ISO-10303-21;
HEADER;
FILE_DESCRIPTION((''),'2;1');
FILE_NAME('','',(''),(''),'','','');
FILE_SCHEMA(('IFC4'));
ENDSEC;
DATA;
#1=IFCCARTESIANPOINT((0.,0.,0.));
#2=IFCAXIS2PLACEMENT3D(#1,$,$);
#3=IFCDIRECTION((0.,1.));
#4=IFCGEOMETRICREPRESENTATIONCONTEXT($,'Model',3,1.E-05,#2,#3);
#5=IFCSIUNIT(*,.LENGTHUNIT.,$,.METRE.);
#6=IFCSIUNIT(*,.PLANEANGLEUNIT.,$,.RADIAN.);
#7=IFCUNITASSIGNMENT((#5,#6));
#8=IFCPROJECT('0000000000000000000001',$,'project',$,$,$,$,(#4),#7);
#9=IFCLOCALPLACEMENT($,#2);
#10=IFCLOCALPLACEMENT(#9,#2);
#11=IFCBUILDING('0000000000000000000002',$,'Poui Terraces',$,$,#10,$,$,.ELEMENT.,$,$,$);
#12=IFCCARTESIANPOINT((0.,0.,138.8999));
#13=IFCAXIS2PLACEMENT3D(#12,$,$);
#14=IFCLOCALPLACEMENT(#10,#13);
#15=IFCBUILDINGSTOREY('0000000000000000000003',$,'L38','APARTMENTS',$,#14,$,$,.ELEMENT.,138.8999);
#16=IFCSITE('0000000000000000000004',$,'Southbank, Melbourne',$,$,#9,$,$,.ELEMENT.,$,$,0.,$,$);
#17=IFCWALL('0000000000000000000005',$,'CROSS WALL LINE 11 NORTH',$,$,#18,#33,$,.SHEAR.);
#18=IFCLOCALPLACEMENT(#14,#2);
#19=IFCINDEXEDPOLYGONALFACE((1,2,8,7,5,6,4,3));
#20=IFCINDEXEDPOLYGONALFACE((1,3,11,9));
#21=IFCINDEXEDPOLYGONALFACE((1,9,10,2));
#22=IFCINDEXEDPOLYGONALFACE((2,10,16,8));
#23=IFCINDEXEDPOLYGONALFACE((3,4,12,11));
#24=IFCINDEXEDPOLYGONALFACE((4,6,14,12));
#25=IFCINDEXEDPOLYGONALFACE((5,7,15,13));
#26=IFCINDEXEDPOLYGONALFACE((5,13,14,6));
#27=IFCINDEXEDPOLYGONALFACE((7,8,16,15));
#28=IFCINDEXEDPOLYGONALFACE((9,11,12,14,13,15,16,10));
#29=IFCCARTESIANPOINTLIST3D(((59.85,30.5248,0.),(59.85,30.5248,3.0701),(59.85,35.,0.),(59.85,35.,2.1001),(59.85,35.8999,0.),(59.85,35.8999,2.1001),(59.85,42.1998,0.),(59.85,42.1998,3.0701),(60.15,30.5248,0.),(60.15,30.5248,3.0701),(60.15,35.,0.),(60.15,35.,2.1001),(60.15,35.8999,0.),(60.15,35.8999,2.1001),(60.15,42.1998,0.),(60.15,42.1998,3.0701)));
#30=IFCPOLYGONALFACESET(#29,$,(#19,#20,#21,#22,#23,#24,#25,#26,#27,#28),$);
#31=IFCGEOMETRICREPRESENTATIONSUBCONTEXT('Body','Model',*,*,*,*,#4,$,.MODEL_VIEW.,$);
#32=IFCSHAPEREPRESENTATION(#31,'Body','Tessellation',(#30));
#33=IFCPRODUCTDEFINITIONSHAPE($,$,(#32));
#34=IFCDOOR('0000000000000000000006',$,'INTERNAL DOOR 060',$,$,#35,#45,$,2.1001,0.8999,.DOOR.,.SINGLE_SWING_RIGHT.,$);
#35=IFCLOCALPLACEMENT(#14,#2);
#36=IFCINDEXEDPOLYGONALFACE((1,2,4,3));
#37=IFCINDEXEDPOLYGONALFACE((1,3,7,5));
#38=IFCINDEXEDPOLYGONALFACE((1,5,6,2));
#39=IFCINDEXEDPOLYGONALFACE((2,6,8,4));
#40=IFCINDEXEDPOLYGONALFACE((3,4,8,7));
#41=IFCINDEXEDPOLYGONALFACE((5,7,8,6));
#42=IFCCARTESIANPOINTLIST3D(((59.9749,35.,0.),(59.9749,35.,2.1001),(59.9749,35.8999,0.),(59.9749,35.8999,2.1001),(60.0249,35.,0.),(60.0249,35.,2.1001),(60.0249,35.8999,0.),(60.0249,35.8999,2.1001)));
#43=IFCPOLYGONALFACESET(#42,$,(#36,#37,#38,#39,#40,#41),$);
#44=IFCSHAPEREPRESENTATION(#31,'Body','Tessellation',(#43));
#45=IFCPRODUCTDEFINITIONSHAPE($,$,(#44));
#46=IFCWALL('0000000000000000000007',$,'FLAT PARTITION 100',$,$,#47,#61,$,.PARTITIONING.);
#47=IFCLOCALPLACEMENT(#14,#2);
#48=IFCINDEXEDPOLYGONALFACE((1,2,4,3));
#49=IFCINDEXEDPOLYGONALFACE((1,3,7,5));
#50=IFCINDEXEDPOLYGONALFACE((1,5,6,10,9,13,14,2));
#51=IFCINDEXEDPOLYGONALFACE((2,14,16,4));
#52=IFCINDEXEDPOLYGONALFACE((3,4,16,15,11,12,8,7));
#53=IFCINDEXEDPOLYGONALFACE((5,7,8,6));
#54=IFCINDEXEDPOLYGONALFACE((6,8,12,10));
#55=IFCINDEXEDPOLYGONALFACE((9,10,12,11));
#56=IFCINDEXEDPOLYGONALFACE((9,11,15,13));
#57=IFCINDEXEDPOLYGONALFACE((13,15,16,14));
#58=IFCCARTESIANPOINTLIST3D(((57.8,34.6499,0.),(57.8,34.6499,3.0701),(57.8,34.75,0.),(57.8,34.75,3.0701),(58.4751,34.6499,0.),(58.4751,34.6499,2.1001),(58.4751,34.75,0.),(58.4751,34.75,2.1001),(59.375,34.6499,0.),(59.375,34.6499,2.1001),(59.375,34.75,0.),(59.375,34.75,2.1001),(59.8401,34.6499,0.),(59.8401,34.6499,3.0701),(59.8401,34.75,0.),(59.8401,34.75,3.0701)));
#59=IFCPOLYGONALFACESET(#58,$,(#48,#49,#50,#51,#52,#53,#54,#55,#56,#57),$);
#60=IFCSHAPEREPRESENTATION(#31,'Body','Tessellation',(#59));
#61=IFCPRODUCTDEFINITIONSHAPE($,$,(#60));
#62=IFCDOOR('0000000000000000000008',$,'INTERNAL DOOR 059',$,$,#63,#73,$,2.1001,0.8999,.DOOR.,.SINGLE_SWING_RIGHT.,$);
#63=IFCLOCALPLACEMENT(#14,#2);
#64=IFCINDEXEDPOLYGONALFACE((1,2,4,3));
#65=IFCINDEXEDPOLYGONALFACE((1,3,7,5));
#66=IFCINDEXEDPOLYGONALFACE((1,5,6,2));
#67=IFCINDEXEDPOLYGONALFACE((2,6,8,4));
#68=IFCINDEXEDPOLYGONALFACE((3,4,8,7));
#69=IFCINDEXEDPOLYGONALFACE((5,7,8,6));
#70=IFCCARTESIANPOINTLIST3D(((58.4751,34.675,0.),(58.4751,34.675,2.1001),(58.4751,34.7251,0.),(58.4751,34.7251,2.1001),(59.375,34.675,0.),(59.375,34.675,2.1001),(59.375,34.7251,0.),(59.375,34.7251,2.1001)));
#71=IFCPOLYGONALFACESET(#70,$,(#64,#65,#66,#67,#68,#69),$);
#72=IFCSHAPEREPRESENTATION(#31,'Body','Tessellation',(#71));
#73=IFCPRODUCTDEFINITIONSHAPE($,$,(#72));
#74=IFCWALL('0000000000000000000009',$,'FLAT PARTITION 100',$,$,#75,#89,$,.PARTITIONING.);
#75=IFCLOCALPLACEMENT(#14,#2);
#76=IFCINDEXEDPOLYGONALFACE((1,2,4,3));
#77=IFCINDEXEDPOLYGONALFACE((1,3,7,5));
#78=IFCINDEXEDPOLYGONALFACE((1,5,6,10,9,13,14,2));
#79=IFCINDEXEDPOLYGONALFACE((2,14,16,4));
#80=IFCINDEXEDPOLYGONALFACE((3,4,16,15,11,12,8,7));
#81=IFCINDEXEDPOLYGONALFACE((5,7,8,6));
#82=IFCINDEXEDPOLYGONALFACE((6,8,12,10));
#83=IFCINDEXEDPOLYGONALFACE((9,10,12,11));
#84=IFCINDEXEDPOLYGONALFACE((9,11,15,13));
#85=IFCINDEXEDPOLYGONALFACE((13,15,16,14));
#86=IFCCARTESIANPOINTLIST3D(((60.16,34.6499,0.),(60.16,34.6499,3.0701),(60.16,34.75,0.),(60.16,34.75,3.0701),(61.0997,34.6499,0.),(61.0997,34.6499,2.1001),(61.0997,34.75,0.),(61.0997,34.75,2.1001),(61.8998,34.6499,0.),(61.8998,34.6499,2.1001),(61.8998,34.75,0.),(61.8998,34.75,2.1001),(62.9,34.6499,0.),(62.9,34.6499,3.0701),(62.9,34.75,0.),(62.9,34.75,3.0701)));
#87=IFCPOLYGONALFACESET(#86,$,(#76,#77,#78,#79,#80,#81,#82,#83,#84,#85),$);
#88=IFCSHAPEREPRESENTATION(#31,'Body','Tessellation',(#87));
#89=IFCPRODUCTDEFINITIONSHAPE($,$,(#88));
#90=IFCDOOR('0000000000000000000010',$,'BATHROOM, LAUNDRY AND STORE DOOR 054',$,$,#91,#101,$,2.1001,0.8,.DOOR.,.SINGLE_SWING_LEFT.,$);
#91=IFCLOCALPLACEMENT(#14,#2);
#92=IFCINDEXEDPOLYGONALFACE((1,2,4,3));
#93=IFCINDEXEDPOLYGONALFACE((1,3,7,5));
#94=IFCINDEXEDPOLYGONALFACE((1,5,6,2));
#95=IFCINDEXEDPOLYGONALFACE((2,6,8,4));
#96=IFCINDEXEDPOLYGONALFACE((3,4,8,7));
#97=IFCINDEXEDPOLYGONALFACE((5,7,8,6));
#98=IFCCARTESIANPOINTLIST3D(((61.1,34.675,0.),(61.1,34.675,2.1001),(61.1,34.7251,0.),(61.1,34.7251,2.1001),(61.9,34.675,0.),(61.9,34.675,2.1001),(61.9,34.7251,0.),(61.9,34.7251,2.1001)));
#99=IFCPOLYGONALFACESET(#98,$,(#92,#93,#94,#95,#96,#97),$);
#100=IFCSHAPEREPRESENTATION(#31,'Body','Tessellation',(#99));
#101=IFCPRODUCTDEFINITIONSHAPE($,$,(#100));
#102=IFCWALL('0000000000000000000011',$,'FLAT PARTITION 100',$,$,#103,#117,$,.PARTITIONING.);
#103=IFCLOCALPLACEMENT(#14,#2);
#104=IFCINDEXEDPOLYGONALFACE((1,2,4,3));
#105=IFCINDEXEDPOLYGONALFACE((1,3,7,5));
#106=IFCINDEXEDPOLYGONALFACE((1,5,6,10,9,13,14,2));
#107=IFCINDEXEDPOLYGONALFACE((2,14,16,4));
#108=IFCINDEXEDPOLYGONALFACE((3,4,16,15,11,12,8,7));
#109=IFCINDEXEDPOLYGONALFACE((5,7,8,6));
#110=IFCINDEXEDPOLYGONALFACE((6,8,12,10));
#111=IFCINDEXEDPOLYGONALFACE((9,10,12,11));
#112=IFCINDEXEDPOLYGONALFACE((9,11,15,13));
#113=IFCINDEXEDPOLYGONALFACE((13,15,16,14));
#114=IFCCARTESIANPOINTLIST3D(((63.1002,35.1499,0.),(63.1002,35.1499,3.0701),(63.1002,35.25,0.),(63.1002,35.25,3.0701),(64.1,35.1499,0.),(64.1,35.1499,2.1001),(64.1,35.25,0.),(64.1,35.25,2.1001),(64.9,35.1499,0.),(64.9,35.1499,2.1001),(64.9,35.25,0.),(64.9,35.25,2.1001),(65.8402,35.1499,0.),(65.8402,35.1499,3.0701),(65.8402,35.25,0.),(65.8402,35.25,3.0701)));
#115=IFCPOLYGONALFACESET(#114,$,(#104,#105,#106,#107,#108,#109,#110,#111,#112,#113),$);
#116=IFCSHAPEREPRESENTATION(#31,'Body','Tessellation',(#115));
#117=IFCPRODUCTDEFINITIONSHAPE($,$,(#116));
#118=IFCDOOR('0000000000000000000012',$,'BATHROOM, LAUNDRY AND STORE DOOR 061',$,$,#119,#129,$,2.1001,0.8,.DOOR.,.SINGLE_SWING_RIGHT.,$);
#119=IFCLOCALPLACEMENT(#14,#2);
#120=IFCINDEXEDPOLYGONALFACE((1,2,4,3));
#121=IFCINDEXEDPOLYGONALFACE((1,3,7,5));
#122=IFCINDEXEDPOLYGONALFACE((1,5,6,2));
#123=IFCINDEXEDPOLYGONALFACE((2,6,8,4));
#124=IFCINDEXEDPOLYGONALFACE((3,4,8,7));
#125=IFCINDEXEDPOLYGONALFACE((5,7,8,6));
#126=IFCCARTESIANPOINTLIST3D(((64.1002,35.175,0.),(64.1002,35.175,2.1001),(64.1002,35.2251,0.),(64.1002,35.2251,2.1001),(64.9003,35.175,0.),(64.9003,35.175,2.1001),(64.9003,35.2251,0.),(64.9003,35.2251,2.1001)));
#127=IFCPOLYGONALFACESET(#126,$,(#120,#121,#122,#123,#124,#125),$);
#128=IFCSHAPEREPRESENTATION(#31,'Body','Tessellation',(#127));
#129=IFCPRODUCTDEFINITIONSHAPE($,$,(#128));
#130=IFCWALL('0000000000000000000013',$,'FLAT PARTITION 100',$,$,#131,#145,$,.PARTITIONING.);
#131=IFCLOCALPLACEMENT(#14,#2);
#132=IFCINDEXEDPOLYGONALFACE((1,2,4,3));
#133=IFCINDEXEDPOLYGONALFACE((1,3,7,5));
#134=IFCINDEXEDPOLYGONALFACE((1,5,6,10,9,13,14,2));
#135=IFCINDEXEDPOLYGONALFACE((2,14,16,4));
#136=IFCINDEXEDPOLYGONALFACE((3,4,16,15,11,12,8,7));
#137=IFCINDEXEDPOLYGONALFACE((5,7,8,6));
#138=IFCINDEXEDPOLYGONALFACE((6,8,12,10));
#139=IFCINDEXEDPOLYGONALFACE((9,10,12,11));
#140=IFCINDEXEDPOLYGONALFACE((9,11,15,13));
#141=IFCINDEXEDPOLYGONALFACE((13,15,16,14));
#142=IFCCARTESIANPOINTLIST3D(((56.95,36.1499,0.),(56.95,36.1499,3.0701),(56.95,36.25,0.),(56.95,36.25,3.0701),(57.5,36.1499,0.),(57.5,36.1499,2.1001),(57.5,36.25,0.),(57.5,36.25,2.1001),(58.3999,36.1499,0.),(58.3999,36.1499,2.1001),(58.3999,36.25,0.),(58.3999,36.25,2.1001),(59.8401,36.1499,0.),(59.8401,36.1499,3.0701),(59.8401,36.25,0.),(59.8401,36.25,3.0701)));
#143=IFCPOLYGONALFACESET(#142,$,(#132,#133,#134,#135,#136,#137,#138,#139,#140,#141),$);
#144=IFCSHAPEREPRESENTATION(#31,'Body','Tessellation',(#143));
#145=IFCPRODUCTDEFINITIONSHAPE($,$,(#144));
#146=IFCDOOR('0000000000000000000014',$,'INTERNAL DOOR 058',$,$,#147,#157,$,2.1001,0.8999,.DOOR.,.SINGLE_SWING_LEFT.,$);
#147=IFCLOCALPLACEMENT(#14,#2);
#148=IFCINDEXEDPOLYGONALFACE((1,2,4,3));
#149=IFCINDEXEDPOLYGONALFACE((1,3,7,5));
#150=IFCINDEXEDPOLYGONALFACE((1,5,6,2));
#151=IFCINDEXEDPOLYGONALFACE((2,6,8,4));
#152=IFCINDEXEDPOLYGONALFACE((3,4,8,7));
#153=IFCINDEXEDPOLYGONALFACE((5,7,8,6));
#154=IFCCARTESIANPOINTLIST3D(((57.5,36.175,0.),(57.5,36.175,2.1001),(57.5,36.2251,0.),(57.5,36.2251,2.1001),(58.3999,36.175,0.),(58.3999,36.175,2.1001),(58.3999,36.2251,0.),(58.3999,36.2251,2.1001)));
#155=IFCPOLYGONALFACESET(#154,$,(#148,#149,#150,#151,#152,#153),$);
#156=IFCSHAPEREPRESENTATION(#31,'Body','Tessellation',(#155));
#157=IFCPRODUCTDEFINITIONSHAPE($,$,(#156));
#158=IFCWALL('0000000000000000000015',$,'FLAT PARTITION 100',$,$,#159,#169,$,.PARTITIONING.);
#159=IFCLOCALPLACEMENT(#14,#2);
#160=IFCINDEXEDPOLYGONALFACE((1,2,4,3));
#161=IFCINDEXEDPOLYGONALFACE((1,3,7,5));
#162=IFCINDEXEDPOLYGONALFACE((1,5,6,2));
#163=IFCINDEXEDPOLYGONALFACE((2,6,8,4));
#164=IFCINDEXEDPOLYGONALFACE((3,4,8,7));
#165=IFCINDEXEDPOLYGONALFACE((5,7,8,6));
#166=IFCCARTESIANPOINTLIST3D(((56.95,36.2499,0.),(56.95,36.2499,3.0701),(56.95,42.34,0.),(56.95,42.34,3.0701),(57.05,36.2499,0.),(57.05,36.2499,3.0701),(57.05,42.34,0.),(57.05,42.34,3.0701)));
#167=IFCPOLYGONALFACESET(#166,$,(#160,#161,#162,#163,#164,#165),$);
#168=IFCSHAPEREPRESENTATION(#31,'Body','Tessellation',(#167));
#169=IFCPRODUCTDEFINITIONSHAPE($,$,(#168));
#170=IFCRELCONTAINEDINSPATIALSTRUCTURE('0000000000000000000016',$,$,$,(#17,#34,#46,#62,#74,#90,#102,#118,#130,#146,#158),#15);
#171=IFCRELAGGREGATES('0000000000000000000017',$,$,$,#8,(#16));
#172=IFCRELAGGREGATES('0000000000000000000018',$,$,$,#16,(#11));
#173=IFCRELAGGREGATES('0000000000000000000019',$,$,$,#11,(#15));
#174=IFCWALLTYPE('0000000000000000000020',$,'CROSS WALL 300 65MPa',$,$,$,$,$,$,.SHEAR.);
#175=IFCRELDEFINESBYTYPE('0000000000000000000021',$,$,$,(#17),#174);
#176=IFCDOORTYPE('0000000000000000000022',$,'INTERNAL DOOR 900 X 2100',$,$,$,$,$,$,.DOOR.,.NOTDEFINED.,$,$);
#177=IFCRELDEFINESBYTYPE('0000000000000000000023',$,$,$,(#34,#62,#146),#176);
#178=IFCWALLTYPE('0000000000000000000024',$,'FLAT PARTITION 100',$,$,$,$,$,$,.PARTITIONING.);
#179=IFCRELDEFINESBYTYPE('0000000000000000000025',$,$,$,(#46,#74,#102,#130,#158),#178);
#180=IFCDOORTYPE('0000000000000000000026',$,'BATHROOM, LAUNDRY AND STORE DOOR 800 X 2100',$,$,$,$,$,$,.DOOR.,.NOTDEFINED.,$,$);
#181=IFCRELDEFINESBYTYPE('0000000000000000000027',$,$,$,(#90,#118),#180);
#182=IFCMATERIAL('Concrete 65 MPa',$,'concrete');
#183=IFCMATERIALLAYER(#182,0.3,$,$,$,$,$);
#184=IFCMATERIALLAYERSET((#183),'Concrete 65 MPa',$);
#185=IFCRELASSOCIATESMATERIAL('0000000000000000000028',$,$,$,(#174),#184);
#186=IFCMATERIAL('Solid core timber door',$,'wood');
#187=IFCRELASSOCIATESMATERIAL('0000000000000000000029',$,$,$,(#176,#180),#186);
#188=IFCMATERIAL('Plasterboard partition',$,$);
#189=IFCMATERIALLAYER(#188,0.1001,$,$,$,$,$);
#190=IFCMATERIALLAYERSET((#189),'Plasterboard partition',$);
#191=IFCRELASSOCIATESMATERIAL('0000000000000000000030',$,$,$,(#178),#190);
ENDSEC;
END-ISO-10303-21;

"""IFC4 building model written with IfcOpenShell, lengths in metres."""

from ifc_helpers import new_model, si_unit, direction, frame, frame_2d, origin, place, context, subcontext, project, spatial, rectangle, extrude, material, layer, layer_set, type_object, element, fill, save


model = new_model("IFC4")

# Units and contexts
model_context = context("Model", 3, precision=1e-05, world=origin(), true_north=direction((0.0, 1.0)))
body_context = subcontext(model_context, "Body", "Model", "MODEL_VIEW")
ifc_project = project(units=[si_unit("LENGTHUNIT", "METRE"), si_unit("PLANEANGLEUNIT", "RADIAN")], contexts=[model_context])

# Site, building, storey
site_placement = place(None, origin())
site = spatial("IfcSite", under=ifc_project, at=site_placement, Name="Southbank, Melbourne", CompositionType="ELEMENT", RefElevation=0.0)
building_placement = place(site_placement, origin())
building = spatial("IfcBuilding", under=site, at=building_placement, Name="Poui Terraces", CompositionType="ELEMENT")
storey_placement = place(building_placement, frame((0.0, 0.0, 138.8999)))
storey = spatial("IfcBuildingStorey", under=building, at=storey_placement, Name="L38", Description="APARTMENTS", CompositionType="ELEMENT", Elevation=138.8999)

# Walls, openings, doors
ifc_material_1 = material(Name="Concrete 65 MPa", Category="concrete")
ifc_layer_1 = layer(ifc_material_1, 0.3)
ifc_layer_set_1 = layer_set([ifc_layer_1], Name="Concrete 65 MPa")
wall_type_1 = type_object("IfcWallType", Name="CROSS WALL 300 65MPa", PredefinedType="SHEAR", material=ifc_layer_set_1)
wall_1_placement = place(storey_placement, frame((60.0, 30.5249, 0.0), z_axis=(0.0, 0.0, 1.0), x_axis=(0.0, 1.0, 0.0)))
wall_1 = element("IfcWall", 1, at=wall_1_placement, inside=storey, type_object=wall_type_1, Name="CROSS WALL LINE 11 NORTH", PredefinedType="SHEAR", context=body_context, shape_type="SweptSolid", body=[
    extrude(rectangle(XDim=11.675, YDim=0.3, at=frame_2d((5.8374, 0.0))), origin(), (0.0, 0.0, 1.0), 3.0701),
])
opening_1_placement = place(wall_1_placement, frame((4.4751, 0.0, 0.0)))
opening_1 = element("IfcOpeningElement", 2, at=opening_1_placement, cuts=wall_1, PredefinedType="OPENING", context=body_context, shape_type="SweptSolid", body=[
    extrude(rectangle(XDim=0.8999, YDim=2.1001, at=frame_2d((0.45, 1.05))), frame((0.0, 0.1602, 0.0), z_axis=(0.0, -1.0, 0.0), x_axis=(1.0, 0.0, 0.0)), (0.0, 0.0, 1.0), 0.3201),
])
ifc_material_2 = material(Name="Solid core timber door", Category="wood")
door_type_1 = type_object("IfcDoorType", Name="INTERNAL DOOR 900 X 2100", OperationType="NOTDEFINED", PredefinedType="DOOR", material=ifc_material_2)
door_1_placement = place(opening_1_placement, frame((0.8999, 0.0, 0.0), z_axis=(0.0, 0.0, 1.0), x_axis=(-1.0, 0.0, 0.0)))
door_1 = element("IfcDoor", 3, at=door_1_placement, inside=storey, type_object=door_type_1, Name="INTERNAL DOOR 060", OperationType="SINGLE_SWING_RIGHT", OverallHeight=2.1001, OverallWidth=0.8999, PredefinedType="DOOR", context=body_context, shape_type="SweptSolid", body=[
    extrude(rectangle(XDim=0.8999, YDim=2.1001, at=frame_2d((0.45, 1.05))), frame((0.0, 0.0249, 0.0), z_axis=(0.0, -1.0, 0.0), x_axis=(1.0, 0.0, 0.0)), (0.0, 0.0, 1.0), 0.05),
])
fill(opening_1, door_1)
ifc_material_3 = material(Name="Plasterboard partition")
ifc_layer_2 = layer(ifc_material_3, 0.1001)
ifc_layer_set_2 = layer_set([ifc_layer_2], Name="Plasterboard partition")
wall_type_2 = type_object("IfcWallType", Name="FLAT PARTITION 100", PredefinedType="PARTITIONING", material=ifc_layer_set_2)
wall_2_placement = place(storey_placement, frame((57.8, 34.7, 0.0), z_axis=(0.0, 0.0, 1.0), x_axis=(1.0, 0.0, 0.0)))
wall_2 = element("IfcWall", 4, at=wall_2_placement, inside=storey, type_object=wall_type_2, Name="FLAT PARTITION 100", PredefinedType="PARTITIONING", context=body_context, shape_type="SweptSolid", body=[
    extrude(rectangle(XDim=2.04, YDim=0.1001, at=frame_2d((1.02, 0.0))), origin(), (0.0, 0.0, 1.0), 3.0701),
])
opening_2_placement = place(wall_2_placement, frame((0.675, 0.0, 0.0)))
opening_2 = element("IfcOpeningElement", 5, at=opening_2_placement, cuts=wall_2, PredefinedType="OPENING", context=body_context, shape_type="SweptSolid", body=[
    extrude(rectangle(XDim=0.8999, YDim=2.1001, at=frame_2d((0.45, 1.05))), frame((0.0, 0.0601, 0.0), z_axis=(0.0, -1.0, 0.0), x_axis=(1.0, 0.0, 0.0)), (0.0, 0.0, 1.0), 0.1201),
])
door_2_placement = place(opening_2_placement, frame((0.8999, 0.0, 0.0), z_axis=(0.0, 0.0, 1.0), x_axis=(-1.0, 0.0, 0.0)))
door_2 = element("IfcDoor", 6, at=door_2_placement, inside=storey, type_object=door_type_1, Name="INTERNAL DOOR 059", OperationType="SINGLE_SWING_RIGHT", OverallHeight=2.1001, OverallWidth=0.8999, PredefinedType="DOOR", context=body_context, shape_type="SweptSolid", body=[
    extrude(rectangle(XDim=0.8999, YDim=2.1001, at=frame_2d((0.45, 1.05))), frame((0.0, 0.0249, 0.0), z_axis=(0.0, -1.0, 0.0), x_axis=(1.0, 0.0, 0.0)), (0.0, 0.0, 1.0), 0.05),
])
fill(opening_2, door_2)
wall_3_placement = place(storey_placement, frame((60.1599, 34.7, 0.0), z_axis=(0.0, 0.0, 1.0), x_axis=(1.0, 0.0, 0.0)))
wall_3 = element("IfcWall", 7, at=wall_3_placement, inside=storey, type_object=wall_type_2, Name="FLAT PARTITION 100", PredefinedType="PARTITIONING", context=body_context, shape_type="SweptSolid", body=[
    extrude(rectangle(XDim=2.74, YDim=0.1001, at=frame_2d((1.3701, 0.0))), origin(), (0.0, 0.0, 1.0), 3.0701),
])
opening_3_placement = place(wall_3_placement, frame((0.9399, 0.0, 0.0)))
opening_3 = element("IfcOpeningElement", 8, at=opening_3_placement, cuts=wall_3, PredefinedType="OPENING", context=body_context, shape_type="SweptSolid", body=[
    extrude(rectangle(XDim=0.8, YDim=2.1001, at=frame_2d((0.3999, 1.05))), frame((0.0, 0.0601, 0.0), z_axis=(0.0, -1.0, 0.0), x_axis=(1.0, 0.0, 0.0)), (0.0, 0.0, 1.0), 0.1201),
])
door_type_2 = type_object("IfcDoorType", Name="BATHROOM, LAUNDRY AND STORE DOOR 800 X 2100", OperationType="NOTDEFINED", PredefinedType="DOOR", material=ifc_material_2)
door_3_placement = place(opening_3_placement, frame((0.8, 0.0, 0.0), z_axis=(0.0, 0.0, 1.0), x_axis=(-1.0, 0.0, 0.0)))
door_3 = element("IfcDoor", 9, at=door_3_placement, inside=storey, type_object=door_type_2, Name="BATHROOM, LAUNDRY AND STORE DOOR 054", OperationType="SINGLE_SWING_LEFT", OverallHeight=2.1001, OverallWidth=0.8, PredefinedType="DOOR", context=body_context, shape_type="SweptSolid", body=[
    extrude(rectangle(XDim=0.8, YDim=2.1001, at=frame_2d((0.3999, 1.05))), frame((0.0, 0.0249, 0.0), z_axis=(0.0, -1.0, 0.0), x_axis=(1.0, 0.0, 0.0)), (0.0, 0.0, 1.0), 0.05),
])
fill(opening_3, door_3)
wall_4_placement = place(storey_placement, frame((63.1001, 35.2, 0.0), z_axis=(0.0, 0.0, 1.0), x_axis=(1.0, 0.0, 0.0)))
wall_4 = element("IfcWall", 10, at=wall_4_placement, inside=storey, type_object=wall_type_2, Name="FLAT PARTITION 100", PredefinedType="PARTITIONING", context=body_context, shape_type="SweptSolid", body=[
    extrude(rectangle(XDim=2.74, YDim=0.1001, at=frame_2d((1.3701, 0.0))), origin(), (0.0, 0.0, 1.0), 3.0701),
])
opening_4_placement = place(wall_4_placement, frame((1.0, 0.0, 0.0)))
opening_4 = element("IfcOpeningElement", 11, at=opening_4_placement, cuts=wall_4, PredefinedType="OPENING", context=body_context, shape_type="SweptSolid", body=[
    extrude(rectangle(XDim=0.8, YDim=2.1001, at=frame_2d((0.3999, 1.05))), frame((0.0, 0.0601, 0.0), z_axis=(0.0, -1.0, 0.0), x_axis=(1.0, 0.0, 0.0)), (0.0, 0.0, 1.0), 0.1201),
])
door_4_placement = place(opening_4_placement, frame((0.8, 0.0, 0.0), z_axis=(0.0, 0.0, 1.0), x_axis=(-1.0, 0.0, 0.0)))
door_4 = element("IfcDoor", 12, at=door_4_placement, inside=storey, type_object=door_type_2, Name="BATHROOM, LAUNDRY AND STORE DOOR 061", OperationType="SINGLE_SWING_RIGHT", OverallHeight=2.1001, OverallWidth=0.8, PredefinedType="DOOR", context=body_context, shape_type="SweptSolid", body=[
    extrude(rectangle(XDim=0.8, YDim=2.1001, at=frame_2d((0.3999, 1.05))), frame((0.0, 0.0249, 0.0), z_axis=(0.0, -1.0, 0.0), x_axis=(1.0, 0.0, 0.0)), (0.0, 0.0, 1.0), 0.05),
])
fill(opening_4, door_4)
wall_5_placement = place(storey_placement, frame((56.95, 36.2, 0.0), z_axis=(0.0, 0.0, 1.0), x_axis=(1.0, 0.0, 0.0)))
wall_5 = element("IfcWall", 13, at=wall_5_placement, inside=storey, type_object=wall_type_2, Name="FLAT PARTITION 100", PredefinedType="PARTITIONING", context=body_context, shape_type="SweptSolid", body=[
    extrude(rectangle(XDim=2.8901, YDim=0.1001, at=frame_2d((1.4451, 0.0))), origin(), (0.0, 0.0, 1.0), 3.0701),
])
opening_5_placement = place(wall_5_placement, frame((0.55, 0.0, 0.0)))
opening_5 = element("IfcOpeningElement", 14, at=opening_5_placement, cuts=wall_5, PredefinedType="OPENING", context=body_context, shape_type="SweptSolid", body=[
    extrude(rectangle(XDim=0.8999, YDim=2.1001, at=frame_2d((0.45, 1.05))), frame((0.0, 0.0601, 0.0), z_axis=(0.0, -1.0, 0.0), x_axis=(1.0, 0.0, 0.0)), (0.0, 0.0, 1.0), 0.1201),
])
door_5_placement = place(opening_5_placement, frame((0.8999, 0.0, 0.0), z_axis=(0.0, 0.0, 1.0), x_axis=(-1.0, 0.0, 0.0)))
door_5 = element("IfcDoor", 15, at=door_5_placement, inside=storey, type_object=door_type_1, Name="INTERNAL DOOR 058", OperationType="SINGLE_SWING_LEFT", OverallHeight=2.1001, OverallWidth=0.8999, PredefinedType="DOOR", context=body_context, shape_type="SweptSolid", body=[
    extrude(rectangle(XDim=0.8999, YDim=2.1001, at=frame_2d((0.45, 1.05))), frame((0.0, 0.0249, 0.0), z_axis=(0.0, -1.0, 0.0), x_axis=(1.0, 0.0, 0.0)), (0.0, 0.0, 1.0), 0.05),
])
fill(opening_5, door_5)

# Wall
wall_6_placement = place(storey_placement, frame((57.0, 36.25, 0.0), z_axis=(0.0, 0.0, 1.0), x_axis=(0.0, 1.0, 0.0)))
element("IfcWall", 16, at=wall_6_placement, inside=storey, type_object=wall_type_2, Name="FLAT PARTITION 100", PredefinedType="PARTITIONING", context=body_context, shape_type="SweptSolid", body=[
    extrude(rectangle(XDim=6.0901, YDim=0.1001, at=frame_2d((3.0449, 0.0))), origin(), (0.0, 0.0, 1.0), 3.0701),
])

save(model, "model.ifc")
